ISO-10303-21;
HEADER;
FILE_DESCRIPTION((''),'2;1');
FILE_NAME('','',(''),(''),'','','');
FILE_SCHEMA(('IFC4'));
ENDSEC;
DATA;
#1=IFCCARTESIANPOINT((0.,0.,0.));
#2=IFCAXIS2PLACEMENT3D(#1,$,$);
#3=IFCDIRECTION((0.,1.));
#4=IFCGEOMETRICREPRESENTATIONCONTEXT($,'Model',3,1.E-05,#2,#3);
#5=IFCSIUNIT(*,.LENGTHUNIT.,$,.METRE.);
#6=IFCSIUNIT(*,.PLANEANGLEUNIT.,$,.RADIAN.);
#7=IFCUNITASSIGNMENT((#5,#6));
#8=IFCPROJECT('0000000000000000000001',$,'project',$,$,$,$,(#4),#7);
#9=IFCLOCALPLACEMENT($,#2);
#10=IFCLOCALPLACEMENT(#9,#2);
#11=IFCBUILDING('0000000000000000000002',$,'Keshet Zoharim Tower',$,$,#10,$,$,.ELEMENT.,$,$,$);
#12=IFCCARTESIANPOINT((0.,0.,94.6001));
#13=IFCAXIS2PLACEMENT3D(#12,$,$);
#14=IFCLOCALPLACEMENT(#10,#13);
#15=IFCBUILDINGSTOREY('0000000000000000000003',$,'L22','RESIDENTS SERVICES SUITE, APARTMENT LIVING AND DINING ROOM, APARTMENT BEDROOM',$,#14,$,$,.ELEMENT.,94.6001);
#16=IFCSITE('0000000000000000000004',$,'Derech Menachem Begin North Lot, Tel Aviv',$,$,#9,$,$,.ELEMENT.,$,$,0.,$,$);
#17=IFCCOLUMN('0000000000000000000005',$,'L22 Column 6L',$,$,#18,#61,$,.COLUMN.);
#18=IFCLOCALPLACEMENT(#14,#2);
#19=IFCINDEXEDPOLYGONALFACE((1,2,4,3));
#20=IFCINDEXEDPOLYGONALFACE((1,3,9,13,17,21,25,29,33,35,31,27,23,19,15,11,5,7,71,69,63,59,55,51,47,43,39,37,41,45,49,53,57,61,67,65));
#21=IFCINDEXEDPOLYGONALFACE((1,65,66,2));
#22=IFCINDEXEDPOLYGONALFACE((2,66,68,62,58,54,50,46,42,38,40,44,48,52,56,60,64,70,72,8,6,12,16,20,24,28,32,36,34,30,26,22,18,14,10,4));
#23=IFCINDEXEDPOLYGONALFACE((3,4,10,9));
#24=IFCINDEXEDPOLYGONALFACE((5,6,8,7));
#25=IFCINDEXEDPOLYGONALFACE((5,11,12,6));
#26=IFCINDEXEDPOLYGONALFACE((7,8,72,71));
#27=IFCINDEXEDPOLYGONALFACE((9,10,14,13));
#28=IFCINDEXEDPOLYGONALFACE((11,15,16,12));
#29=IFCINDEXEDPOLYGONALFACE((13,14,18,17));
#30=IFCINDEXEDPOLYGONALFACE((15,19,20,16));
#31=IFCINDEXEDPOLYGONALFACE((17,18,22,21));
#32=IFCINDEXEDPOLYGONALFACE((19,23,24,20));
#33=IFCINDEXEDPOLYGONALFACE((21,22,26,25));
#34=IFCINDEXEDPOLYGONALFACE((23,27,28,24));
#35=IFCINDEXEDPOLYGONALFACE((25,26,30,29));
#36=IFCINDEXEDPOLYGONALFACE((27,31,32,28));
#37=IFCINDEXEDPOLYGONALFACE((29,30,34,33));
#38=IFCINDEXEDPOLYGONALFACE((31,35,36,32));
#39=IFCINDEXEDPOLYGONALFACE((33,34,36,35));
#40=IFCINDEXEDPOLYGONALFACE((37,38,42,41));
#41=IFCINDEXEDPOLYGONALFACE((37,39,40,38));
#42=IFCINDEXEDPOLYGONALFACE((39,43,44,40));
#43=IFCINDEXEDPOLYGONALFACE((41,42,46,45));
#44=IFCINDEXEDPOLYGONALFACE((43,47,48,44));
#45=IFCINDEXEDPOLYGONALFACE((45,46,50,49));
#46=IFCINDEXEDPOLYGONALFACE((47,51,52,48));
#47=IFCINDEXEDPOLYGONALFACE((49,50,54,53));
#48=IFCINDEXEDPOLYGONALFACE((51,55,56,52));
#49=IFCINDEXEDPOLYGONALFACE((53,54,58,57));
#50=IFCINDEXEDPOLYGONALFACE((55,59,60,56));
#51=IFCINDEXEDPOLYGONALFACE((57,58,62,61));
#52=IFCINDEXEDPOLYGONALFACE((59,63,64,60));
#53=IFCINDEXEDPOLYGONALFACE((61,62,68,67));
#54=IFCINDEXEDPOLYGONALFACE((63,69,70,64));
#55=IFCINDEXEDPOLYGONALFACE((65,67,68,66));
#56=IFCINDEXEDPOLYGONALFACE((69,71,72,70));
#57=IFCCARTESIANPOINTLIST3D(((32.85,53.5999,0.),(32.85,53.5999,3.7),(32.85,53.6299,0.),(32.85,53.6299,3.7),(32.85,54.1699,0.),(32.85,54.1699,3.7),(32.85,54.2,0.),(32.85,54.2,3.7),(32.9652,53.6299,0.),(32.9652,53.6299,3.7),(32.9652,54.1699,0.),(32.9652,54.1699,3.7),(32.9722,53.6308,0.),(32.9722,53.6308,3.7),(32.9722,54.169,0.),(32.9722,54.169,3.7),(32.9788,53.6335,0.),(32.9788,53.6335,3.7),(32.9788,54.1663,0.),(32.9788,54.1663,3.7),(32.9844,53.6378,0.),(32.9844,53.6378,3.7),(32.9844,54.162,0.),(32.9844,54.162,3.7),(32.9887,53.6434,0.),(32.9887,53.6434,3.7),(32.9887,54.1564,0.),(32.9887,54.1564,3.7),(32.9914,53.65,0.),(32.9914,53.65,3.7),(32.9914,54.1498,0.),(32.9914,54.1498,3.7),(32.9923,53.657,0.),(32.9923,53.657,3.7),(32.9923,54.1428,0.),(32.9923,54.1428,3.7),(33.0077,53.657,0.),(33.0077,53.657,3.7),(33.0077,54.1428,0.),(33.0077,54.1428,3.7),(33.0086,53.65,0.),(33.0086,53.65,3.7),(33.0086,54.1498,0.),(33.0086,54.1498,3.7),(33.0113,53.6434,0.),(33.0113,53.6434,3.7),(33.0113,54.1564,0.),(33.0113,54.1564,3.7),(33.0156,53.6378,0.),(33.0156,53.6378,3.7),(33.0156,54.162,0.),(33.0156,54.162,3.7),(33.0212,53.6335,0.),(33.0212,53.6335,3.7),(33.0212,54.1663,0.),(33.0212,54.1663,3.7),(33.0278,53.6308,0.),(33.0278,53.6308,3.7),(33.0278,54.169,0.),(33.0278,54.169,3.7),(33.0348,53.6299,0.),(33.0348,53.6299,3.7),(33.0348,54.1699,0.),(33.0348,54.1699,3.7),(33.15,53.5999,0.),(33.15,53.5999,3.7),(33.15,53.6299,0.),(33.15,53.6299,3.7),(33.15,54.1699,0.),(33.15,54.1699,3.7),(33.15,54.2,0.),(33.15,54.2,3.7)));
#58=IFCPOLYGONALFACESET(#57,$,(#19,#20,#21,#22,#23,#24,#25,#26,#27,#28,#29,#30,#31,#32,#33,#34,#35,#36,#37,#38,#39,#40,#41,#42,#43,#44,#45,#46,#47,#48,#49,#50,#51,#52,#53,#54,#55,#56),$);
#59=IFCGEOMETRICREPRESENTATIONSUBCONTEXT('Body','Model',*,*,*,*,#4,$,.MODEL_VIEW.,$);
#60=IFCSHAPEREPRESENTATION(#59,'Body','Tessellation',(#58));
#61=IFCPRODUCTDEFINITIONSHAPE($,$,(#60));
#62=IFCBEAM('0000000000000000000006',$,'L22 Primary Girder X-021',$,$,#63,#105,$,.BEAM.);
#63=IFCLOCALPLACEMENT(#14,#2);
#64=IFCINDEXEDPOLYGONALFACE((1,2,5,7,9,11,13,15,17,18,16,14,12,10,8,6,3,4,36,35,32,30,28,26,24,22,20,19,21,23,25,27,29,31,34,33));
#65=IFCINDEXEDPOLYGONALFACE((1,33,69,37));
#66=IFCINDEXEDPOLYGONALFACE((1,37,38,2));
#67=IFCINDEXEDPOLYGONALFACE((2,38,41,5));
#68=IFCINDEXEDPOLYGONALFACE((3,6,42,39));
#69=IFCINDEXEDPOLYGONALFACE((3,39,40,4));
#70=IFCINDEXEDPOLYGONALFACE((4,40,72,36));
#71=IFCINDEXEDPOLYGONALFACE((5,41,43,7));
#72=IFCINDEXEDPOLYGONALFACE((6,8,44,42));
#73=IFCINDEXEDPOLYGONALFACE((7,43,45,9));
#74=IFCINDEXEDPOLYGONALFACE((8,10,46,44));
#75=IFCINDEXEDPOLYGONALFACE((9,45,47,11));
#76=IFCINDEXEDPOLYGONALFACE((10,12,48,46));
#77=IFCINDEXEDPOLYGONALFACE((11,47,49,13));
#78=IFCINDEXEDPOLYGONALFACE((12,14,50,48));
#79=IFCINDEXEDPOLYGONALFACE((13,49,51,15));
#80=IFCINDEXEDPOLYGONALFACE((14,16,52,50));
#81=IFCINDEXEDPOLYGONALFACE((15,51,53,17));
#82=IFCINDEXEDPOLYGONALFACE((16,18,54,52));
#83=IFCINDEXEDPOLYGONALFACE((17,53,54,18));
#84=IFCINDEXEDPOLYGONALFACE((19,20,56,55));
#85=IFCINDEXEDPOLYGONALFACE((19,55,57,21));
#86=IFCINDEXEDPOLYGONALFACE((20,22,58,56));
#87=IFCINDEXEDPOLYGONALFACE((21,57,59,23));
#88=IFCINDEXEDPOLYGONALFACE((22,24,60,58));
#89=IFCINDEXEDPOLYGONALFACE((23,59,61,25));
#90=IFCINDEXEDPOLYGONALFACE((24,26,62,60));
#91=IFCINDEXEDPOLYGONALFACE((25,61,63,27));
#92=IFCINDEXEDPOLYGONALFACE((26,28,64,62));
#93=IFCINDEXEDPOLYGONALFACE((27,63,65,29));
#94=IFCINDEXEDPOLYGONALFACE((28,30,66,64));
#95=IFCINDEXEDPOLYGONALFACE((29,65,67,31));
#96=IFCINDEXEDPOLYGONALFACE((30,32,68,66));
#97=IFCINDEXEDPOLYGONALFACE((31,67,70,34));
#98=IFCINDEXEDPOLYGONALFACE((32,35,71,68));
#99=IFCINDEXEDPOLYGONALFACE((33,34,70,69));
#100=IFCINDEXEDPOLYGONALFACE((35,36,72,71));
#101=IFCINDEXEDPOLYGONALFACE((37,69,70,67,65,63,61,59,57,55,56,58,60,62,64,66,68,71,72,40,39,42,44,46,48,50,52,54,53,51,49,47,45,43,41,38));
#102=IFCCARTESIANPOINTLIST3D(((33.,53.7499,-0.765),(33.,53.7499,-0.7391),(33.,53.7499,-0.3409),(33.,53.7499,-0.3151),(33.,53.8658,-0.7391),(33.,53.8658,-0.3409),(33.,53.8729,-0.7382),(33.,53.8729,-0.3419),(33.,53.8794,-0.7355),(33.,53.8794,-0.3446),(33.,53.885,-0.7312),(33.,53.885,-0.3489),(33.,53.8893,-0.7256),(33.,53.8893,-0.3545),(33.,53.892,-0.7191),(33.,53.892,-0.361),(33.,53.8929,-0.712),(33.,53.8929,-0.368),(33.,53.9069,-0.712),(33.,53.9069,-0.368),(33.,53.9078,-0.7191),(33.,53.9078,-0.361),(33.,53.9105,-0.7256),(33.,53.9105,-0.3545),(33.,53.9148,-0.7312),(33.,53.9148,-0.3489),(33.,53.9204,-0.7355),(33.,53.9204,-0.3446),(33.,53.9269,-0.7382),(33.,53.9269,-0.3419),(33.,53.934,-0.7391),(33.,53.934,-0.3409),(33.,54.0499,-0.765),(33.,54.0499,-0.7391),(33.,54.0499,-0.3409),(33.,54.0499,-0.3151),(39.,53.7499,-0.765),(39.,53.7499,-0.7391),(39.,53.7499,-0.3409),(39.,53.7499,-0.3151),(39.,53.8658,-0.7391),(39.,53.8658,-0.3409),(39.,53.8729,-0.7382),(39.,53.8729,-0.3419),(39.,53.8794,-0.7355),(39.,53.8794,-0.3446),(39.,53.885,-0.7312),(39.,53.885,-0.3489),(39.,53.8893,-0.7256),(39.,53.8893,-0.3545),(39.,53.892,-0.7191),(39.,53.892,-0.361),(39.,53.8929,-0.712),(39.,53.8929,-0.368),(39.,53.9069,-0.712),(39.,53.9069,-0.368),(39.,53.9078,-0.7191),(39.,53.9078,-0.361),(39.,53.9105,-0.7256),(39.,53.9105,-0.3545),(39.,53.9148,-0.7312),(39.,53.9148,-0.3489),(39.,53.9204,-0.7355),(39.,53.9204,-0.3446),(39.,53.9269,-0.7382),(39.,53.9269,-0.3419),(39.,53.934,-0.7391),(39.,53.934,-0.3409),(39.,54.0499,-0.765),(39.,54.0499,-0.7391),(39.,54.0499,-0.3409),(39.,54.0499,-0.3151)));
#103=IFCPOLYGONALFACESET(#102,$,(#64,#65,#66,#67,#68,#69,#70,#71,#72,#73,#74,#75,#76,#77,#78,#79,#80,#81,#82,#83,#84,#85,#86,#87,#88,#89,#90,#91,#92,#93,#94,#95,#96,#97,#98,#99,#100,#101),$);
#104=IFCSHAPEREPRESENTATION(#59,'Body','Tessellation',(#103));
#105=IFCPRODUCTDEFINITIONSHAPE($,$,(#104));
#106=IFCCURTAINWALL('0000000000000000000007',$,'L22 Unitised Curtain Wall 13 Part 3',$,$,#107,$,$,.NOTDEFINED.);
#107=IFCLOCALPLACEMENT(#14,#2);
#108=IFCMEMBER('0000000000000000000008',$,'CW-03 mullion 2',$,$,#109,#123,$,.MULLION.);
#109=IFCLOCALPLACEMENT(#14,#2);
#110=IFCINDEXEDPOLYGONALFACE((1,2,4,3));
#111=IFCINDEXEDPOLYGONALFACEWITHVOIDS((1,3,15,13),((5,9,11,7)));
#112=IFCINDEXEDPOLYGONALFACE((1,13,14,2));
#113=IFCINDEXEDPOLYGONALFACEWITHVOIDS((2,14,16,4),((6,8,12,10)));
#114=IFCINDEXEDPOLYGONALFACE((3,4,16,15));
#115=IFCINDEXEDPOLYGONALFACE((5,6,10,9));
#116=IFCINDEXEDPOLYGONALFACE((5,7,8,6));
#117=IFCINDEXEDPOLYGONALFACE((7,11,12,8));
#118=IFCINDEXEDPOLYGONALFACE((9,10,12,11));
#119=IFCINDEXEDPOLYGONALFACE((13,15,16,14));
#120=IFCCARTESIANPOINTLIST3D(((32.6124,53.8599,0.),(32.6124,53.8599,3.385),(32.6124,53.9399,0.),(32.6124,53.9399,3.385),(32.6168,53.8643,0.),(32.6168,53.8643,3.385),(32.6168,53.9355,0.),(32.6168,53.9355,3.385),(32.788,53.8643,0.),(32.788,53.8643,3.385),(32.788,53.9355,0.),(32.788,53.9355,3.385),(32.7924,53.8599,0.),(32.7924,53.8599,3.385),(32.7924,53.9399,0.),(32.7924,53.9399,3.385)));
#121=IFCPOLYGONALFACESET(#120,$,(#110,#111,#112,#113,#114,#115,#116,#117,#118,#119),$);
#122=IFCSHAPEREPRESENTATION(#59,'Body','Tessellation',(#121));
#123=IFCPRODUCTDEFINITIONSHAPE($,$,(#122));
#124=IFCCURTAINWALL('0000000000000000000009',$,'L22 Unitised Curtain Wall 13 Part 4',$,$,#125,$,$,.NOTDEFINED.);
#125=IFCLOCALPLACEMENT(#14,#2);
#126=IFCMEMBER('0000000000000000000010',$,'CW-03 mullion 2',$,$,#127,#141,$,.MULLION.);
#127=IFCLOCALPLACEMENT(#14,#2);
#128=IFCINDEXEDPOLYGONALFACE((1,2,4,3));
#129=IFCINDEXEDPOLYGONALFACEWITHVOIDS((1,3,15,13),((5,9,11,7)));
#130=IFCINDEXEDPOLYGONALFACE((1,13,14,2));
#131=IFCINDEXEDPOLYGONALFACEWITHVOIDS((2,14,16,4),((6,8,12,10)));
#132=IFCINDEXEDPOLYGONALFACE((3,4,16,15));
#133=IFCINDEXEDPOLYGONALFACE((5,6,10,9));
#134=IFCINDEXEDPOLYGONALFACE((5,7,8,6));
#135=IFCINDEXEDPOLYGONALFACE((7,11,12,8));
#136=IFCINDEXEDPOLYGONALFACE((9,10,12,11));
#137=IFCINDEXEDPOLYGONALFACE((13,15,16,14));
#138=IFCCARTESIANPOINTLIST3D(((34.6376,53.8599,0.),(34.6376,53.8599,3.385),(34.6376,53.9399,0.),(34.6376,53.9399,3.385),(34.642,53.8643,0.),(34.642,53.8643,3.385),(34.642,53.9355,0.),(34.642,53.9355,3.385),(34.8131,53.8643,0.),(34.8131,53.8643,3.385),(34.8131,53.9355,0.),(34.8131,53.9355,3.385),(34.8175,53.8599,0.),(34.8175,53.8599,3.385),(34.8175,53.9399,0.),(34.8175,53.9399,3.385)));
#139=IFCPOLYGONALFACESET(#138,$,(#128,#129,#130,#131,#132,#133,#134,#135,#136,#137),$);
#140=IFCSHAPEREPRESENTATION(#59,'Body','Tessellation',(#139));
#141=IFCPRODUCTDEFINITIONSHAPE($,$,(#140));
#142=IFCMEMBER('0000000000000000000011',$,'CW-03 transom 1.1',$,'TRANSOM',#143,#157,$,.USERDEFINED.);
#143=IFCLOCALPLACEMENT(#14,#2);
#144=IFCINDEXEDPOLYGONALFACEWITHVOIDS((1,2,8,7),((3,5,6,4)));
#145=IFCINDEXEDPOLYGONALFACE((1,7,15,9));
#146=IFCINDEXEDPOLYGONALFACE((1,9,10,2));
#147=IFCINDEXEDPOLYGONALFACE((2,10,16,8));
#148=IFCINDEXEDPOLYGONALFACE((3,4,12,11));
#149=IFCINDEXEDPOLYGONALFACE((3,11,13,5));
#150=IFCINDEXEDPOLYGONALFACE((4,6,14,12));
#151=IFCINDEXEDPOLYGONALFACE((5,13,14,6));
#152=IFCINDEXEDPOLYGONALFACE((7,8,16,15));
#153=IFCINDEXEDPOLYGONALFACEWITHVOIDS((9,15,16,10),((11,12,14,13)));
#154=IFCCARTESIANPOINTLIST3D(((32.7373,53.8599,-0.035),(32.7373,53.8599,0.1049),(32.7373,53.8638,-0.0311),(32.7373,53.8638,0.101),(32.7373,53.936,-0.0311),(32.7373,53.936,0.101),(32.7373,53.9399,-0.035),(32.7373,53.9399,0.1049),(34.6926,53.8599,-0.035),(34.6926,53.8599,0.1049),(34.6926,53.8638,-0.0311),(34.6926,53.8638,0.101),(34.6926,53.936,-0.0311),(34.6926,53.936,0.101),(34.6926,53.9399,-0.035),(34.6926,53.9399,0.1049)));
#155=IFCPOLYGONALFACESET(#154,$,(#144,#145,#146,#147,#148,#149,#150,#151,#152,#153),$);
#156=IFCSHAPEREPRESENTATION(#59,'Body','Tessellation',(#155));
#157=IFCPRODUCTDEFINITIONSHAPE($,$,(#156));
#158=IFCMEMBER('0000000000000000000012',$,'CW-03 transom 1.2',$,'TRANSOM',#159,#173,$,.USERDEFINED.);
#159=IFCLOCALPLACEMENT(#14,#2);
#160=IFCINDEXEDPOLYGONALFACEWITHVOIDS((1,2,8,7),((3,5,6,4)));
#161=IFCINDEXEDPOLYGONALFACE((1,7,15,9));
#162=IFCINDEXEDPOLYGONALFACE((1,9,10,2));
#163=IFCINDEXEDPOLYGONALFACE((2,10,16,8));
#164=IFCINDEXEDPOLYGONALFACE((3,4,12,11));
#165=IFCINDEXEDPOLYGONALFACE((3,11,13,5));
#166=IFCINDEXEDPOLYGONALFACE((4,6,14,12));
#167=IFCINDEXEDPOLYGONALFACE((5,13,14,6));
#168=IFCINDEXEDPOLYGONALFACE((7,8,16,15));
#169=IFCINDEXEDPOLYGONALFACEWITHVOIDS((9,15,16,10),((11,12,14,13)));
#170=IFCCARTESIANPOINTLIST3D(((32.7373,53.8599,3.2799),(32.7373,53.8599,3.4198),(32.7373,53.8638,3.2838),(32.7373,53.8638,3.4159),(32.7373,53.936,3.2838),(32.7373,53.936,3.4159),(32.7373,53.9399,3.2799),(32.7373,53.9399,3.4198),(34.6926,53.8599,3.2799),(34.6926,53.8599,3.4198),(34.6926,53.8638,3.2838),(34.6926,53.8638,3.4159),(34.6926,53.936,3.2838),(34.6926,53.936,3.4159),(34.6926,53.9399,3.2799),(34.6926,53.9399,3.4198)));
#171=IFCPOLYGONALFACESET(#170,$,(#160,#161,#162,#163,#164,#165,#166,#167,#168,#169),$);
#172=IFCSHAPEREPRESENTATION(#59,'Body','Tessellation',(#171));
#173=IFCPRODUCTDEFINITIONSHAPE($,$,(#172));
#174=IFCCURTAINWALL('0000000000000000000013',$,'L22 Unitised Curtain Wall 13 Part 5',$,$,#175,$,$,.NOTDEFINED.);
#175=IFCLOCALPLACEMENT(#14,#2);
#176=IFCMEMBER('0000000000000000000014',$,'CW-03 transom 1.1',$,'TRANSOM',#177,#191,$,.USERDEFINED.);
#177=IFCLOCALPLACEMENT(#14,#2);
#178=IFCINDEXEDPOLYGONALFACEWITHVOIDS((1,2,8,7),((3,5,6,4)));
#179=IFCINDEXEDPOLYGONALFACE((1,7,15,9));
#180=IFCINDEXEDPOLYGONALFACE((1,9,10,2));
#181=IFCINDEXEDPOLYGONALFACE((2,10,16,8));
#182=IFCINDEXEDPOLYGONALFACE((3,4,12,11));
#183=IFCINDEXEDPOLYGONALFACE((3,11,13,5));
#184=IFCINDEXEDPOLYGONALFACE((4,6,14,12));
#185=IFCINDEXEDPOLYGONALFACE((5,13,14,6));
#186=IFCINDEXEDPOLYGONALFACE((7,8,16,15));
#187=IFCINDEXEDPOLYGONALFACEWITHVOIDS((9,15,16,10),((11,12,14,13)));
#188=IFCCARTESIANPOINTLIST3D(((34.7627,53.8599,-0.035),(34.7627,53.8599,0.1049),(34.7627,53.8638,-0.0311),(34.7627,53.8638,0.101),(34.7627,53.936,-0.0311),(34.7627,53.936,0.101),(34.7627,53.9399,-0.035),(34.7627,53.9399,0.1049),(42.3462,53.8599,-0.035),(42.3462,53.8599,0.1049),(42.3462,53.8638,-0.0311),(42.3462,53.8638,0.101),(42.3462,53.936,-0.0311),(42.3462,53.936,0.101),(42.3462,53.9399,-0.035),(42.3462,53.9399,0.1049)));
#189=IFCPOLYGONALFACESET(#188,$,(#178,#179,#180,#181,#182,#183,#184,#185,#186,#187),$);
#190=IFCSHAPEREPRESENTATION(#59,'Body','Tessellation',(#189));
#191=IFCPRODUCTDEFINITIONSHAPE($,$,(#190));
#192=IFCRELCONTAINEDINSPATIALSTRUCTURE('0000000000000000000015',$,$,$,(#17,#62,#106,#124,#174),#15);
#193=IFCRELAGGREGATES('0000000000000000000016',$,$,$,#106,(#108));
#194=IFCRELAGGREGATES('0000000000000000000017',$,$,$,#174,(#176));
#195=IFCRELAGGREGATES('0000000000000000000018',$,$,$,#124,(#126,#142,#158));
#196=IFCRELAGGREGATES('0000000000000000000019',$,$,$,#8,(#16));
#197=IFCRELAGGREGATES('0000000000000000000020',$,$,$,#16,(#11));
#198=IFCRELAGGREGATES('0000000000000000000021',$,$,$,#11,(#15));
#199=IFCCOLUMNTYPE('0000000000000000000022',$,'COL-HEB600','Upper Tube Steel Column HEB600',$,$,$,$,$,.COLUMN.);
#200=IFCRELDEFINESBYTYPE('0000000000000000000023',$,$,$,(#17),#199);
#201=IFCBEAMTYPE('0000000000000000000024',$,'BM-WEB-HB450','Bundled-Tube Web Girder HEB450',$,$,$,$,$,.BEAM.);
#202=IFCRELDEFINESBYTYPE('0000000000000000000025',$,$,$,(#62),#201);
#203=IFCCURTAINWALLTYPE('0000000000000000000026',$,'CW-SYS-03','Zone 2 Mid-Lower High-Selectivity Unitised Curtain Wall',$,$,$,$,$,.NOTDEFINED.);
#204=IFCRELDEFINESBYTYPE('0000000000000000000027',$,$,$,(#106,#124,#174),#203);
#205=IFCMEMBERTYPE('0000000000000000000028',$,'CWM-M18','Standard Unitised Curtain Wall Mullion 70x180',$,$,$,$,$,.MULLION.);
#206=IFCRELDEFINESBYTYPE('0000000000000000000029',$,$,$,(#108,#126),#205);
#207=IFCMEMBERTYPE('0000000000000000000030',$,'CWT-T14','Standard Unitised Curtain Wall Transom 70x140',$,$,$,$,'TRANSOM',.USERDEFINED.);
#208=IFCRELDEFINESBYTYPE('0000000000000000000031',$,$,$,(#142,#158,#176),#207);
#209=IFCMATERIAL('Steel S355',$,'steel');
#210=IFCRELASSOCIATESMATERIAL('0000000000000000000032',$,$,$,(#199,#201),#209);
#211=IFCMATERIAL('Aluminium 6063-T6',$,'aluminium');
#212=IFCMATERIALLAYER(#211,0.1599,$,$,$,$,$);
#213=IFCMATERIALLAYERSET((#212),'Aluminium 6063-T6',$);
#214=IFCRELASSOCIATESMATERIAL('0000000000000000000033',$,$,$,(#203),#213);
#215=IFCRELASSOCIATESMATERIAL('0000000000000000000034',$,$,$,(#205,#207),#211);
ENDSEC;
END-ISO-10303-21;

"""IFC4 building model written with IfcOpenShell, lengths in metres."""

from ifc_helpers import new_model, si_unit, direction, frame, origin, origin_2d, place, context, subcontext, project, spatial, hollow_rectangle, i_section, extrude, material, layer, layer_set, material_profile, profile_set, type_object, element, aggregate, save


model = new_model("IFC4")

# Units and contexts
model_context = context("Model", 3, precision=1e-05, world=origin(), true_north=direction((0.0, 1.0)))
body_context = subcontext(model_context, "Body", "Model", "MODEL_VIEW")
ifc_project = project(units=[si_unit("LENGTHUNIT", "METRE"), si_unit("PLANEANGLEUNIT", "RADIAN")], contexts=[model_context])

# Site, building, storey
site_placement = place(None, origin())
site = spatial("IfcSite", under=ifc_project, at=site_placement, Name="Derech Menachem Begin North Lot, Tel Aviv", CompositionType="ELEMENT", RefElevation=0.0)
building_placement = place(site_placement, origin())
building = spatial("IfcBuilding", under=site, at=building_placement, Name="Keshet Zoharim Tower", CompositionType="ELEMENT")
storey_placement = place(building_placement, frame((0.0, 0.0, 94.6001)))
storey = spatial("IfcBuildingStorey", under=building, at=storey_placement, Name="L22", Description="RESIDENTS SERVICES SUITE, APARTMENT LIVING AND DINING ROOM, APARTMENT BEDROOM", CompositionType="ELEMENT", Elevation=94.6001)

# Column
ifc_material_1 = material(Name="Steel S355", Category="steel")
ifc_material_profile_1 = material_profile(ifc_material_1, i_section(OverallWidth=0.3, OverallDepth=0.6001, WebThickness=0.0154, FlangeThickness=0.03, FilletRadius=0.0271, at=origin_2d()), Name="HEB600")
ifc_profile_set_1 = profile_set([ifc_material_profile_1], Name="Steel S355")
column_type = type_object("IfcColumnType", Name="COL-HEB600", Description="Upper Tube Steel Column HEB600", PredefinedType="COLUMN", material=ifc_profile_set_1)
column_placement = place(storey_placement, frame((33.0, 53.8999, 0.0), z_axis=(0.0, 0.0, 1.0), x_axis=(1.0, 0.0, 0.0)))
element("IfcColumn", 1, at=column_placement, inside=storey, type_object=column_type, Name="L22 Column 6L", PredefinedType="COLUMN", context=body_context, shape_type="SweptSolid", body=[
    extrude(i_section(OverallWidth=0.3, OverallDepth=0.6001, WebThickness=0.0154, FlangeThickness=0.03, FilletRadius=0.0271, at=origin_2d()), origin(), (0.0, 0.0, 1.0), 3.7),
])

# Beam
ifc_material_profile_2 = material_profile(ifc_material_1, i_section(OverallWidth=0.3, OverallDepth=0.45, WebThickness=0.0139, FlangeThickness=0.0259, FilletRadius=0.0271, at=origin_2d()), Name="HEB450")
ifc_profile_set_2 = profile_set([ifc_material_profile_2], Name="Steel S355")
beam_type = type_object("IfcBeamType", Name="BM-WEB-HB450", Description="Bundled-Tube Web Girder HEB450", PredefinedType="BEAM", material=ifc_profile_set_2)
beam_placement = place(storey_placement, frame((33.0, 53.8999, -0.54), z_axis=(1.0, 0.0, 0.0), x_axis=(0.0, 1.0, 0.0)))
element("IfcBeam", 2, at=beam_placement, inside=storey, type_object=beam_type, Name="L22 Primary Girder X-021", PredefinedType="BEAM", context=body_context, shape_type="SweptSolid", body=[
    extrude(i_section(OverallWidth=0.3, OverallDepth=0.45, WebThickness=0.0139, FlangeThickness=0.0259, FilletRadius=0.0271, at=origin_2d()), origin(), (0.0, 0.0, 1.0), 6.0),
])

# Curtain wall, member
ifc_material_2 = material(Name="Aluminium 6063-T6", Category="aluminium")
ifc_layer_1 = layer(ifc_material_2, 0.1599)
ifc_layer_set_1 = layer_set([ifc_layer_1], Name="Aluminium 6063-T6")
curtain_wall_type = type_object("IfcCurtainWallType", Name="CW-SYS-03", Description="Zone 2 Mid-Lower High-Selectivity Unitised Curtain Wall", PredefinedType="NOTDEFINED", material=ifc_layer_set_1)
curtain_wall_1_placement = place(storey_placement, origin())
curtain_wall_1 = element("IfcCurtainWall", 3, at=curtain_wall_1_placement, inside=storey, type_object=curtain_wall_type, Name="L22 Unitised Curtain Wall 13 Part 3", PredefinedType="NOTDEFINED")
ifc_material_profile_3 = material_profile(ifc_material_2, hollow_rectangle(XDim=0.0801, YDim=0.1799, WallThickness=0.0044, at=origin_2d()), Name="MUL-80x180")
ifc_profile_set_3 = profile_set([ifc_material_profile_3], Name="Aluminium 6063-T6")
member_type_1 = type_object("IfcMemberType", Name="CWM-M18", Description="Standard Unitised Curtain Wall Mullion 70x180", PredefinedType="MULLION", material=ifc_profile_set_3)
member_1_placement = place(storey_placement, frame((32.7024, 53.8999, 0.0), z_axis=(0.0, 0.0, 1.0), x_axis=(0.0, 1.0, 0.0)))
member_1 = element("IfcMember", 4, at=member_1_placement, type_object=member_type_1, Name="CW-03 mullion 2", PredefinedType="MULLION", context=body_context, shape_type="SweptSolid", body=[
    extrude(hollow_rectangle(XDim=0.0801, YDim=0.1799, WallThickness=0.0044, at=origin_2d()), origin(), (0.0, 0.0, 1.0), 3.385),
])
aggregate(curtain_wall_1, [member_1])

# Curtain walls, members
curtain_wall_2_placement = place(storey_placement, origin())
curtain_wall_2 = element("IfcCurtainWall", 5, at=curtain_wall_2_placement, inside=storey, type_object=curtain_wall_type, Name="L22 Unitised Curtain Wall 13 Part 4", PredefinedType="NOTDEFINED")
member_2_placement = place(storey_placement, frame((34.7275, 53.8999, 0.0), z_axis=(0.0, 0.0, 1.0), x_axis=(0.0, 1.0, 0.0)))
member_2 = element("IfcMember", 6, at=member_2_placement, type_object=member_type_1, Name="CW-03 mullion 2", PredefinedType="MULLION", context=body_context, shape_type="SweptSolid", body=[
    extrude(hollow_rectangle(XDim=0.0801, YDim=0.1799, WallThickness=0.0044, at=origin_2d()), origin(), (0.0, 0.0, 1.0), 3.385),
])
ifc_material_profile_4 = material_profile(ifc_material_2, hollow_rectangle(XDim=0.0801, YDim=0.1399, WallThickness=0.0039, at=origin_2d()), Name="TRN-80x140")
ifc_profile_set_4 = profile_set([ifc_material_profile_4], Name="Aluminium 6063-T6")
member_type_2 = type_object("IfcMemberType", Name="CWT-T14", Description="Standard Unitised Curtain Wall Transom 70x140", ElementType="TRANSOM", PredefinedType="USERDEFINED", material=ifc_profile_set_4)
member_3_placement = place(storey_placement, frame((32.7373, 53.8999, 0.0349), z_axis=(1.0, 0.0, 0.0), x_axis=(0.0, 1.0, 0.0)))
member_3 = element("IfcMember", 7, at=member_3_placement, type_object=member_type_2, Name="CW-03 transom 1.1", ObjectType="TRANSOM", PredefinedType="USERDEFINED", context=body_context, shape_type="SweptSolid", body=[
    extrude(hollow_rectangle(XDim=0.0801, YDim=0.1399, WallThickness=0.0039, at=origin_2d()), origin(), (0.0, 0.0, 1.0), 1.9553),
])
member_4_placement = place(storey_placement, frame((32.7373, 53.8999, 3.3499), z_axis=(1.0, 0.0, 0.0), x_axis=(0.0, 1.0, 0.0)))
member_4 = element("IfcMember", 8, at=member_4_placement, type_object=member_type_2, Name="CW-03 transom 1.2", ObjectType="TRANSOM", PredefinedType="USERDEFINED", context=body_context, shape_type="SweptSolid", body=[
    extrude(hollow_rectangle(XDim=0.0801, YDim=0.1399, WallThickness=0.0039, at=origin_2d()), origin(), (0.0, 0.0, 1.0), 1.9553),
])
curtain_wall_3_placement = place(storey_placement, origin())
curtain_wall_3 = element("IfcCurtainWall", 9, at=curtain_wall_3_placement, inside=storey, type_object=curtain_wall_type, Name="L22 Unitised Curtain Wall 13 Part 5", PredefinedType="NOTDEFINED")
member_5_placement = place(storey_placement, frame((34.7627, 53.8999, 0.0349), z_axis=(1.0, 0.0, 0.0), x_axis=(0.0, 1.0, 0.0)))
member_5 = element("IfcMember", 10, at=member_5_placement, type_object=member_type_2, Name="CW-03 transom 1.1", ObjectType="TRANSOM", PredefinedType="USERDEFINED", context=body_context, shape_type="SweptSolid", body=[
    extrude(hollow_rectangle(XDim=0.0801, YDim=0.1399, WallThickness=0.0039, at=origin_2d()), origin(), (0.0, 0.0, 1.0), 7.5835),
])
aggregate(curtain_wall_3, [member_5])

aggregate(curtain_wall_2, [member_2, member_3, member_4])

save(model, "model.ifc")
